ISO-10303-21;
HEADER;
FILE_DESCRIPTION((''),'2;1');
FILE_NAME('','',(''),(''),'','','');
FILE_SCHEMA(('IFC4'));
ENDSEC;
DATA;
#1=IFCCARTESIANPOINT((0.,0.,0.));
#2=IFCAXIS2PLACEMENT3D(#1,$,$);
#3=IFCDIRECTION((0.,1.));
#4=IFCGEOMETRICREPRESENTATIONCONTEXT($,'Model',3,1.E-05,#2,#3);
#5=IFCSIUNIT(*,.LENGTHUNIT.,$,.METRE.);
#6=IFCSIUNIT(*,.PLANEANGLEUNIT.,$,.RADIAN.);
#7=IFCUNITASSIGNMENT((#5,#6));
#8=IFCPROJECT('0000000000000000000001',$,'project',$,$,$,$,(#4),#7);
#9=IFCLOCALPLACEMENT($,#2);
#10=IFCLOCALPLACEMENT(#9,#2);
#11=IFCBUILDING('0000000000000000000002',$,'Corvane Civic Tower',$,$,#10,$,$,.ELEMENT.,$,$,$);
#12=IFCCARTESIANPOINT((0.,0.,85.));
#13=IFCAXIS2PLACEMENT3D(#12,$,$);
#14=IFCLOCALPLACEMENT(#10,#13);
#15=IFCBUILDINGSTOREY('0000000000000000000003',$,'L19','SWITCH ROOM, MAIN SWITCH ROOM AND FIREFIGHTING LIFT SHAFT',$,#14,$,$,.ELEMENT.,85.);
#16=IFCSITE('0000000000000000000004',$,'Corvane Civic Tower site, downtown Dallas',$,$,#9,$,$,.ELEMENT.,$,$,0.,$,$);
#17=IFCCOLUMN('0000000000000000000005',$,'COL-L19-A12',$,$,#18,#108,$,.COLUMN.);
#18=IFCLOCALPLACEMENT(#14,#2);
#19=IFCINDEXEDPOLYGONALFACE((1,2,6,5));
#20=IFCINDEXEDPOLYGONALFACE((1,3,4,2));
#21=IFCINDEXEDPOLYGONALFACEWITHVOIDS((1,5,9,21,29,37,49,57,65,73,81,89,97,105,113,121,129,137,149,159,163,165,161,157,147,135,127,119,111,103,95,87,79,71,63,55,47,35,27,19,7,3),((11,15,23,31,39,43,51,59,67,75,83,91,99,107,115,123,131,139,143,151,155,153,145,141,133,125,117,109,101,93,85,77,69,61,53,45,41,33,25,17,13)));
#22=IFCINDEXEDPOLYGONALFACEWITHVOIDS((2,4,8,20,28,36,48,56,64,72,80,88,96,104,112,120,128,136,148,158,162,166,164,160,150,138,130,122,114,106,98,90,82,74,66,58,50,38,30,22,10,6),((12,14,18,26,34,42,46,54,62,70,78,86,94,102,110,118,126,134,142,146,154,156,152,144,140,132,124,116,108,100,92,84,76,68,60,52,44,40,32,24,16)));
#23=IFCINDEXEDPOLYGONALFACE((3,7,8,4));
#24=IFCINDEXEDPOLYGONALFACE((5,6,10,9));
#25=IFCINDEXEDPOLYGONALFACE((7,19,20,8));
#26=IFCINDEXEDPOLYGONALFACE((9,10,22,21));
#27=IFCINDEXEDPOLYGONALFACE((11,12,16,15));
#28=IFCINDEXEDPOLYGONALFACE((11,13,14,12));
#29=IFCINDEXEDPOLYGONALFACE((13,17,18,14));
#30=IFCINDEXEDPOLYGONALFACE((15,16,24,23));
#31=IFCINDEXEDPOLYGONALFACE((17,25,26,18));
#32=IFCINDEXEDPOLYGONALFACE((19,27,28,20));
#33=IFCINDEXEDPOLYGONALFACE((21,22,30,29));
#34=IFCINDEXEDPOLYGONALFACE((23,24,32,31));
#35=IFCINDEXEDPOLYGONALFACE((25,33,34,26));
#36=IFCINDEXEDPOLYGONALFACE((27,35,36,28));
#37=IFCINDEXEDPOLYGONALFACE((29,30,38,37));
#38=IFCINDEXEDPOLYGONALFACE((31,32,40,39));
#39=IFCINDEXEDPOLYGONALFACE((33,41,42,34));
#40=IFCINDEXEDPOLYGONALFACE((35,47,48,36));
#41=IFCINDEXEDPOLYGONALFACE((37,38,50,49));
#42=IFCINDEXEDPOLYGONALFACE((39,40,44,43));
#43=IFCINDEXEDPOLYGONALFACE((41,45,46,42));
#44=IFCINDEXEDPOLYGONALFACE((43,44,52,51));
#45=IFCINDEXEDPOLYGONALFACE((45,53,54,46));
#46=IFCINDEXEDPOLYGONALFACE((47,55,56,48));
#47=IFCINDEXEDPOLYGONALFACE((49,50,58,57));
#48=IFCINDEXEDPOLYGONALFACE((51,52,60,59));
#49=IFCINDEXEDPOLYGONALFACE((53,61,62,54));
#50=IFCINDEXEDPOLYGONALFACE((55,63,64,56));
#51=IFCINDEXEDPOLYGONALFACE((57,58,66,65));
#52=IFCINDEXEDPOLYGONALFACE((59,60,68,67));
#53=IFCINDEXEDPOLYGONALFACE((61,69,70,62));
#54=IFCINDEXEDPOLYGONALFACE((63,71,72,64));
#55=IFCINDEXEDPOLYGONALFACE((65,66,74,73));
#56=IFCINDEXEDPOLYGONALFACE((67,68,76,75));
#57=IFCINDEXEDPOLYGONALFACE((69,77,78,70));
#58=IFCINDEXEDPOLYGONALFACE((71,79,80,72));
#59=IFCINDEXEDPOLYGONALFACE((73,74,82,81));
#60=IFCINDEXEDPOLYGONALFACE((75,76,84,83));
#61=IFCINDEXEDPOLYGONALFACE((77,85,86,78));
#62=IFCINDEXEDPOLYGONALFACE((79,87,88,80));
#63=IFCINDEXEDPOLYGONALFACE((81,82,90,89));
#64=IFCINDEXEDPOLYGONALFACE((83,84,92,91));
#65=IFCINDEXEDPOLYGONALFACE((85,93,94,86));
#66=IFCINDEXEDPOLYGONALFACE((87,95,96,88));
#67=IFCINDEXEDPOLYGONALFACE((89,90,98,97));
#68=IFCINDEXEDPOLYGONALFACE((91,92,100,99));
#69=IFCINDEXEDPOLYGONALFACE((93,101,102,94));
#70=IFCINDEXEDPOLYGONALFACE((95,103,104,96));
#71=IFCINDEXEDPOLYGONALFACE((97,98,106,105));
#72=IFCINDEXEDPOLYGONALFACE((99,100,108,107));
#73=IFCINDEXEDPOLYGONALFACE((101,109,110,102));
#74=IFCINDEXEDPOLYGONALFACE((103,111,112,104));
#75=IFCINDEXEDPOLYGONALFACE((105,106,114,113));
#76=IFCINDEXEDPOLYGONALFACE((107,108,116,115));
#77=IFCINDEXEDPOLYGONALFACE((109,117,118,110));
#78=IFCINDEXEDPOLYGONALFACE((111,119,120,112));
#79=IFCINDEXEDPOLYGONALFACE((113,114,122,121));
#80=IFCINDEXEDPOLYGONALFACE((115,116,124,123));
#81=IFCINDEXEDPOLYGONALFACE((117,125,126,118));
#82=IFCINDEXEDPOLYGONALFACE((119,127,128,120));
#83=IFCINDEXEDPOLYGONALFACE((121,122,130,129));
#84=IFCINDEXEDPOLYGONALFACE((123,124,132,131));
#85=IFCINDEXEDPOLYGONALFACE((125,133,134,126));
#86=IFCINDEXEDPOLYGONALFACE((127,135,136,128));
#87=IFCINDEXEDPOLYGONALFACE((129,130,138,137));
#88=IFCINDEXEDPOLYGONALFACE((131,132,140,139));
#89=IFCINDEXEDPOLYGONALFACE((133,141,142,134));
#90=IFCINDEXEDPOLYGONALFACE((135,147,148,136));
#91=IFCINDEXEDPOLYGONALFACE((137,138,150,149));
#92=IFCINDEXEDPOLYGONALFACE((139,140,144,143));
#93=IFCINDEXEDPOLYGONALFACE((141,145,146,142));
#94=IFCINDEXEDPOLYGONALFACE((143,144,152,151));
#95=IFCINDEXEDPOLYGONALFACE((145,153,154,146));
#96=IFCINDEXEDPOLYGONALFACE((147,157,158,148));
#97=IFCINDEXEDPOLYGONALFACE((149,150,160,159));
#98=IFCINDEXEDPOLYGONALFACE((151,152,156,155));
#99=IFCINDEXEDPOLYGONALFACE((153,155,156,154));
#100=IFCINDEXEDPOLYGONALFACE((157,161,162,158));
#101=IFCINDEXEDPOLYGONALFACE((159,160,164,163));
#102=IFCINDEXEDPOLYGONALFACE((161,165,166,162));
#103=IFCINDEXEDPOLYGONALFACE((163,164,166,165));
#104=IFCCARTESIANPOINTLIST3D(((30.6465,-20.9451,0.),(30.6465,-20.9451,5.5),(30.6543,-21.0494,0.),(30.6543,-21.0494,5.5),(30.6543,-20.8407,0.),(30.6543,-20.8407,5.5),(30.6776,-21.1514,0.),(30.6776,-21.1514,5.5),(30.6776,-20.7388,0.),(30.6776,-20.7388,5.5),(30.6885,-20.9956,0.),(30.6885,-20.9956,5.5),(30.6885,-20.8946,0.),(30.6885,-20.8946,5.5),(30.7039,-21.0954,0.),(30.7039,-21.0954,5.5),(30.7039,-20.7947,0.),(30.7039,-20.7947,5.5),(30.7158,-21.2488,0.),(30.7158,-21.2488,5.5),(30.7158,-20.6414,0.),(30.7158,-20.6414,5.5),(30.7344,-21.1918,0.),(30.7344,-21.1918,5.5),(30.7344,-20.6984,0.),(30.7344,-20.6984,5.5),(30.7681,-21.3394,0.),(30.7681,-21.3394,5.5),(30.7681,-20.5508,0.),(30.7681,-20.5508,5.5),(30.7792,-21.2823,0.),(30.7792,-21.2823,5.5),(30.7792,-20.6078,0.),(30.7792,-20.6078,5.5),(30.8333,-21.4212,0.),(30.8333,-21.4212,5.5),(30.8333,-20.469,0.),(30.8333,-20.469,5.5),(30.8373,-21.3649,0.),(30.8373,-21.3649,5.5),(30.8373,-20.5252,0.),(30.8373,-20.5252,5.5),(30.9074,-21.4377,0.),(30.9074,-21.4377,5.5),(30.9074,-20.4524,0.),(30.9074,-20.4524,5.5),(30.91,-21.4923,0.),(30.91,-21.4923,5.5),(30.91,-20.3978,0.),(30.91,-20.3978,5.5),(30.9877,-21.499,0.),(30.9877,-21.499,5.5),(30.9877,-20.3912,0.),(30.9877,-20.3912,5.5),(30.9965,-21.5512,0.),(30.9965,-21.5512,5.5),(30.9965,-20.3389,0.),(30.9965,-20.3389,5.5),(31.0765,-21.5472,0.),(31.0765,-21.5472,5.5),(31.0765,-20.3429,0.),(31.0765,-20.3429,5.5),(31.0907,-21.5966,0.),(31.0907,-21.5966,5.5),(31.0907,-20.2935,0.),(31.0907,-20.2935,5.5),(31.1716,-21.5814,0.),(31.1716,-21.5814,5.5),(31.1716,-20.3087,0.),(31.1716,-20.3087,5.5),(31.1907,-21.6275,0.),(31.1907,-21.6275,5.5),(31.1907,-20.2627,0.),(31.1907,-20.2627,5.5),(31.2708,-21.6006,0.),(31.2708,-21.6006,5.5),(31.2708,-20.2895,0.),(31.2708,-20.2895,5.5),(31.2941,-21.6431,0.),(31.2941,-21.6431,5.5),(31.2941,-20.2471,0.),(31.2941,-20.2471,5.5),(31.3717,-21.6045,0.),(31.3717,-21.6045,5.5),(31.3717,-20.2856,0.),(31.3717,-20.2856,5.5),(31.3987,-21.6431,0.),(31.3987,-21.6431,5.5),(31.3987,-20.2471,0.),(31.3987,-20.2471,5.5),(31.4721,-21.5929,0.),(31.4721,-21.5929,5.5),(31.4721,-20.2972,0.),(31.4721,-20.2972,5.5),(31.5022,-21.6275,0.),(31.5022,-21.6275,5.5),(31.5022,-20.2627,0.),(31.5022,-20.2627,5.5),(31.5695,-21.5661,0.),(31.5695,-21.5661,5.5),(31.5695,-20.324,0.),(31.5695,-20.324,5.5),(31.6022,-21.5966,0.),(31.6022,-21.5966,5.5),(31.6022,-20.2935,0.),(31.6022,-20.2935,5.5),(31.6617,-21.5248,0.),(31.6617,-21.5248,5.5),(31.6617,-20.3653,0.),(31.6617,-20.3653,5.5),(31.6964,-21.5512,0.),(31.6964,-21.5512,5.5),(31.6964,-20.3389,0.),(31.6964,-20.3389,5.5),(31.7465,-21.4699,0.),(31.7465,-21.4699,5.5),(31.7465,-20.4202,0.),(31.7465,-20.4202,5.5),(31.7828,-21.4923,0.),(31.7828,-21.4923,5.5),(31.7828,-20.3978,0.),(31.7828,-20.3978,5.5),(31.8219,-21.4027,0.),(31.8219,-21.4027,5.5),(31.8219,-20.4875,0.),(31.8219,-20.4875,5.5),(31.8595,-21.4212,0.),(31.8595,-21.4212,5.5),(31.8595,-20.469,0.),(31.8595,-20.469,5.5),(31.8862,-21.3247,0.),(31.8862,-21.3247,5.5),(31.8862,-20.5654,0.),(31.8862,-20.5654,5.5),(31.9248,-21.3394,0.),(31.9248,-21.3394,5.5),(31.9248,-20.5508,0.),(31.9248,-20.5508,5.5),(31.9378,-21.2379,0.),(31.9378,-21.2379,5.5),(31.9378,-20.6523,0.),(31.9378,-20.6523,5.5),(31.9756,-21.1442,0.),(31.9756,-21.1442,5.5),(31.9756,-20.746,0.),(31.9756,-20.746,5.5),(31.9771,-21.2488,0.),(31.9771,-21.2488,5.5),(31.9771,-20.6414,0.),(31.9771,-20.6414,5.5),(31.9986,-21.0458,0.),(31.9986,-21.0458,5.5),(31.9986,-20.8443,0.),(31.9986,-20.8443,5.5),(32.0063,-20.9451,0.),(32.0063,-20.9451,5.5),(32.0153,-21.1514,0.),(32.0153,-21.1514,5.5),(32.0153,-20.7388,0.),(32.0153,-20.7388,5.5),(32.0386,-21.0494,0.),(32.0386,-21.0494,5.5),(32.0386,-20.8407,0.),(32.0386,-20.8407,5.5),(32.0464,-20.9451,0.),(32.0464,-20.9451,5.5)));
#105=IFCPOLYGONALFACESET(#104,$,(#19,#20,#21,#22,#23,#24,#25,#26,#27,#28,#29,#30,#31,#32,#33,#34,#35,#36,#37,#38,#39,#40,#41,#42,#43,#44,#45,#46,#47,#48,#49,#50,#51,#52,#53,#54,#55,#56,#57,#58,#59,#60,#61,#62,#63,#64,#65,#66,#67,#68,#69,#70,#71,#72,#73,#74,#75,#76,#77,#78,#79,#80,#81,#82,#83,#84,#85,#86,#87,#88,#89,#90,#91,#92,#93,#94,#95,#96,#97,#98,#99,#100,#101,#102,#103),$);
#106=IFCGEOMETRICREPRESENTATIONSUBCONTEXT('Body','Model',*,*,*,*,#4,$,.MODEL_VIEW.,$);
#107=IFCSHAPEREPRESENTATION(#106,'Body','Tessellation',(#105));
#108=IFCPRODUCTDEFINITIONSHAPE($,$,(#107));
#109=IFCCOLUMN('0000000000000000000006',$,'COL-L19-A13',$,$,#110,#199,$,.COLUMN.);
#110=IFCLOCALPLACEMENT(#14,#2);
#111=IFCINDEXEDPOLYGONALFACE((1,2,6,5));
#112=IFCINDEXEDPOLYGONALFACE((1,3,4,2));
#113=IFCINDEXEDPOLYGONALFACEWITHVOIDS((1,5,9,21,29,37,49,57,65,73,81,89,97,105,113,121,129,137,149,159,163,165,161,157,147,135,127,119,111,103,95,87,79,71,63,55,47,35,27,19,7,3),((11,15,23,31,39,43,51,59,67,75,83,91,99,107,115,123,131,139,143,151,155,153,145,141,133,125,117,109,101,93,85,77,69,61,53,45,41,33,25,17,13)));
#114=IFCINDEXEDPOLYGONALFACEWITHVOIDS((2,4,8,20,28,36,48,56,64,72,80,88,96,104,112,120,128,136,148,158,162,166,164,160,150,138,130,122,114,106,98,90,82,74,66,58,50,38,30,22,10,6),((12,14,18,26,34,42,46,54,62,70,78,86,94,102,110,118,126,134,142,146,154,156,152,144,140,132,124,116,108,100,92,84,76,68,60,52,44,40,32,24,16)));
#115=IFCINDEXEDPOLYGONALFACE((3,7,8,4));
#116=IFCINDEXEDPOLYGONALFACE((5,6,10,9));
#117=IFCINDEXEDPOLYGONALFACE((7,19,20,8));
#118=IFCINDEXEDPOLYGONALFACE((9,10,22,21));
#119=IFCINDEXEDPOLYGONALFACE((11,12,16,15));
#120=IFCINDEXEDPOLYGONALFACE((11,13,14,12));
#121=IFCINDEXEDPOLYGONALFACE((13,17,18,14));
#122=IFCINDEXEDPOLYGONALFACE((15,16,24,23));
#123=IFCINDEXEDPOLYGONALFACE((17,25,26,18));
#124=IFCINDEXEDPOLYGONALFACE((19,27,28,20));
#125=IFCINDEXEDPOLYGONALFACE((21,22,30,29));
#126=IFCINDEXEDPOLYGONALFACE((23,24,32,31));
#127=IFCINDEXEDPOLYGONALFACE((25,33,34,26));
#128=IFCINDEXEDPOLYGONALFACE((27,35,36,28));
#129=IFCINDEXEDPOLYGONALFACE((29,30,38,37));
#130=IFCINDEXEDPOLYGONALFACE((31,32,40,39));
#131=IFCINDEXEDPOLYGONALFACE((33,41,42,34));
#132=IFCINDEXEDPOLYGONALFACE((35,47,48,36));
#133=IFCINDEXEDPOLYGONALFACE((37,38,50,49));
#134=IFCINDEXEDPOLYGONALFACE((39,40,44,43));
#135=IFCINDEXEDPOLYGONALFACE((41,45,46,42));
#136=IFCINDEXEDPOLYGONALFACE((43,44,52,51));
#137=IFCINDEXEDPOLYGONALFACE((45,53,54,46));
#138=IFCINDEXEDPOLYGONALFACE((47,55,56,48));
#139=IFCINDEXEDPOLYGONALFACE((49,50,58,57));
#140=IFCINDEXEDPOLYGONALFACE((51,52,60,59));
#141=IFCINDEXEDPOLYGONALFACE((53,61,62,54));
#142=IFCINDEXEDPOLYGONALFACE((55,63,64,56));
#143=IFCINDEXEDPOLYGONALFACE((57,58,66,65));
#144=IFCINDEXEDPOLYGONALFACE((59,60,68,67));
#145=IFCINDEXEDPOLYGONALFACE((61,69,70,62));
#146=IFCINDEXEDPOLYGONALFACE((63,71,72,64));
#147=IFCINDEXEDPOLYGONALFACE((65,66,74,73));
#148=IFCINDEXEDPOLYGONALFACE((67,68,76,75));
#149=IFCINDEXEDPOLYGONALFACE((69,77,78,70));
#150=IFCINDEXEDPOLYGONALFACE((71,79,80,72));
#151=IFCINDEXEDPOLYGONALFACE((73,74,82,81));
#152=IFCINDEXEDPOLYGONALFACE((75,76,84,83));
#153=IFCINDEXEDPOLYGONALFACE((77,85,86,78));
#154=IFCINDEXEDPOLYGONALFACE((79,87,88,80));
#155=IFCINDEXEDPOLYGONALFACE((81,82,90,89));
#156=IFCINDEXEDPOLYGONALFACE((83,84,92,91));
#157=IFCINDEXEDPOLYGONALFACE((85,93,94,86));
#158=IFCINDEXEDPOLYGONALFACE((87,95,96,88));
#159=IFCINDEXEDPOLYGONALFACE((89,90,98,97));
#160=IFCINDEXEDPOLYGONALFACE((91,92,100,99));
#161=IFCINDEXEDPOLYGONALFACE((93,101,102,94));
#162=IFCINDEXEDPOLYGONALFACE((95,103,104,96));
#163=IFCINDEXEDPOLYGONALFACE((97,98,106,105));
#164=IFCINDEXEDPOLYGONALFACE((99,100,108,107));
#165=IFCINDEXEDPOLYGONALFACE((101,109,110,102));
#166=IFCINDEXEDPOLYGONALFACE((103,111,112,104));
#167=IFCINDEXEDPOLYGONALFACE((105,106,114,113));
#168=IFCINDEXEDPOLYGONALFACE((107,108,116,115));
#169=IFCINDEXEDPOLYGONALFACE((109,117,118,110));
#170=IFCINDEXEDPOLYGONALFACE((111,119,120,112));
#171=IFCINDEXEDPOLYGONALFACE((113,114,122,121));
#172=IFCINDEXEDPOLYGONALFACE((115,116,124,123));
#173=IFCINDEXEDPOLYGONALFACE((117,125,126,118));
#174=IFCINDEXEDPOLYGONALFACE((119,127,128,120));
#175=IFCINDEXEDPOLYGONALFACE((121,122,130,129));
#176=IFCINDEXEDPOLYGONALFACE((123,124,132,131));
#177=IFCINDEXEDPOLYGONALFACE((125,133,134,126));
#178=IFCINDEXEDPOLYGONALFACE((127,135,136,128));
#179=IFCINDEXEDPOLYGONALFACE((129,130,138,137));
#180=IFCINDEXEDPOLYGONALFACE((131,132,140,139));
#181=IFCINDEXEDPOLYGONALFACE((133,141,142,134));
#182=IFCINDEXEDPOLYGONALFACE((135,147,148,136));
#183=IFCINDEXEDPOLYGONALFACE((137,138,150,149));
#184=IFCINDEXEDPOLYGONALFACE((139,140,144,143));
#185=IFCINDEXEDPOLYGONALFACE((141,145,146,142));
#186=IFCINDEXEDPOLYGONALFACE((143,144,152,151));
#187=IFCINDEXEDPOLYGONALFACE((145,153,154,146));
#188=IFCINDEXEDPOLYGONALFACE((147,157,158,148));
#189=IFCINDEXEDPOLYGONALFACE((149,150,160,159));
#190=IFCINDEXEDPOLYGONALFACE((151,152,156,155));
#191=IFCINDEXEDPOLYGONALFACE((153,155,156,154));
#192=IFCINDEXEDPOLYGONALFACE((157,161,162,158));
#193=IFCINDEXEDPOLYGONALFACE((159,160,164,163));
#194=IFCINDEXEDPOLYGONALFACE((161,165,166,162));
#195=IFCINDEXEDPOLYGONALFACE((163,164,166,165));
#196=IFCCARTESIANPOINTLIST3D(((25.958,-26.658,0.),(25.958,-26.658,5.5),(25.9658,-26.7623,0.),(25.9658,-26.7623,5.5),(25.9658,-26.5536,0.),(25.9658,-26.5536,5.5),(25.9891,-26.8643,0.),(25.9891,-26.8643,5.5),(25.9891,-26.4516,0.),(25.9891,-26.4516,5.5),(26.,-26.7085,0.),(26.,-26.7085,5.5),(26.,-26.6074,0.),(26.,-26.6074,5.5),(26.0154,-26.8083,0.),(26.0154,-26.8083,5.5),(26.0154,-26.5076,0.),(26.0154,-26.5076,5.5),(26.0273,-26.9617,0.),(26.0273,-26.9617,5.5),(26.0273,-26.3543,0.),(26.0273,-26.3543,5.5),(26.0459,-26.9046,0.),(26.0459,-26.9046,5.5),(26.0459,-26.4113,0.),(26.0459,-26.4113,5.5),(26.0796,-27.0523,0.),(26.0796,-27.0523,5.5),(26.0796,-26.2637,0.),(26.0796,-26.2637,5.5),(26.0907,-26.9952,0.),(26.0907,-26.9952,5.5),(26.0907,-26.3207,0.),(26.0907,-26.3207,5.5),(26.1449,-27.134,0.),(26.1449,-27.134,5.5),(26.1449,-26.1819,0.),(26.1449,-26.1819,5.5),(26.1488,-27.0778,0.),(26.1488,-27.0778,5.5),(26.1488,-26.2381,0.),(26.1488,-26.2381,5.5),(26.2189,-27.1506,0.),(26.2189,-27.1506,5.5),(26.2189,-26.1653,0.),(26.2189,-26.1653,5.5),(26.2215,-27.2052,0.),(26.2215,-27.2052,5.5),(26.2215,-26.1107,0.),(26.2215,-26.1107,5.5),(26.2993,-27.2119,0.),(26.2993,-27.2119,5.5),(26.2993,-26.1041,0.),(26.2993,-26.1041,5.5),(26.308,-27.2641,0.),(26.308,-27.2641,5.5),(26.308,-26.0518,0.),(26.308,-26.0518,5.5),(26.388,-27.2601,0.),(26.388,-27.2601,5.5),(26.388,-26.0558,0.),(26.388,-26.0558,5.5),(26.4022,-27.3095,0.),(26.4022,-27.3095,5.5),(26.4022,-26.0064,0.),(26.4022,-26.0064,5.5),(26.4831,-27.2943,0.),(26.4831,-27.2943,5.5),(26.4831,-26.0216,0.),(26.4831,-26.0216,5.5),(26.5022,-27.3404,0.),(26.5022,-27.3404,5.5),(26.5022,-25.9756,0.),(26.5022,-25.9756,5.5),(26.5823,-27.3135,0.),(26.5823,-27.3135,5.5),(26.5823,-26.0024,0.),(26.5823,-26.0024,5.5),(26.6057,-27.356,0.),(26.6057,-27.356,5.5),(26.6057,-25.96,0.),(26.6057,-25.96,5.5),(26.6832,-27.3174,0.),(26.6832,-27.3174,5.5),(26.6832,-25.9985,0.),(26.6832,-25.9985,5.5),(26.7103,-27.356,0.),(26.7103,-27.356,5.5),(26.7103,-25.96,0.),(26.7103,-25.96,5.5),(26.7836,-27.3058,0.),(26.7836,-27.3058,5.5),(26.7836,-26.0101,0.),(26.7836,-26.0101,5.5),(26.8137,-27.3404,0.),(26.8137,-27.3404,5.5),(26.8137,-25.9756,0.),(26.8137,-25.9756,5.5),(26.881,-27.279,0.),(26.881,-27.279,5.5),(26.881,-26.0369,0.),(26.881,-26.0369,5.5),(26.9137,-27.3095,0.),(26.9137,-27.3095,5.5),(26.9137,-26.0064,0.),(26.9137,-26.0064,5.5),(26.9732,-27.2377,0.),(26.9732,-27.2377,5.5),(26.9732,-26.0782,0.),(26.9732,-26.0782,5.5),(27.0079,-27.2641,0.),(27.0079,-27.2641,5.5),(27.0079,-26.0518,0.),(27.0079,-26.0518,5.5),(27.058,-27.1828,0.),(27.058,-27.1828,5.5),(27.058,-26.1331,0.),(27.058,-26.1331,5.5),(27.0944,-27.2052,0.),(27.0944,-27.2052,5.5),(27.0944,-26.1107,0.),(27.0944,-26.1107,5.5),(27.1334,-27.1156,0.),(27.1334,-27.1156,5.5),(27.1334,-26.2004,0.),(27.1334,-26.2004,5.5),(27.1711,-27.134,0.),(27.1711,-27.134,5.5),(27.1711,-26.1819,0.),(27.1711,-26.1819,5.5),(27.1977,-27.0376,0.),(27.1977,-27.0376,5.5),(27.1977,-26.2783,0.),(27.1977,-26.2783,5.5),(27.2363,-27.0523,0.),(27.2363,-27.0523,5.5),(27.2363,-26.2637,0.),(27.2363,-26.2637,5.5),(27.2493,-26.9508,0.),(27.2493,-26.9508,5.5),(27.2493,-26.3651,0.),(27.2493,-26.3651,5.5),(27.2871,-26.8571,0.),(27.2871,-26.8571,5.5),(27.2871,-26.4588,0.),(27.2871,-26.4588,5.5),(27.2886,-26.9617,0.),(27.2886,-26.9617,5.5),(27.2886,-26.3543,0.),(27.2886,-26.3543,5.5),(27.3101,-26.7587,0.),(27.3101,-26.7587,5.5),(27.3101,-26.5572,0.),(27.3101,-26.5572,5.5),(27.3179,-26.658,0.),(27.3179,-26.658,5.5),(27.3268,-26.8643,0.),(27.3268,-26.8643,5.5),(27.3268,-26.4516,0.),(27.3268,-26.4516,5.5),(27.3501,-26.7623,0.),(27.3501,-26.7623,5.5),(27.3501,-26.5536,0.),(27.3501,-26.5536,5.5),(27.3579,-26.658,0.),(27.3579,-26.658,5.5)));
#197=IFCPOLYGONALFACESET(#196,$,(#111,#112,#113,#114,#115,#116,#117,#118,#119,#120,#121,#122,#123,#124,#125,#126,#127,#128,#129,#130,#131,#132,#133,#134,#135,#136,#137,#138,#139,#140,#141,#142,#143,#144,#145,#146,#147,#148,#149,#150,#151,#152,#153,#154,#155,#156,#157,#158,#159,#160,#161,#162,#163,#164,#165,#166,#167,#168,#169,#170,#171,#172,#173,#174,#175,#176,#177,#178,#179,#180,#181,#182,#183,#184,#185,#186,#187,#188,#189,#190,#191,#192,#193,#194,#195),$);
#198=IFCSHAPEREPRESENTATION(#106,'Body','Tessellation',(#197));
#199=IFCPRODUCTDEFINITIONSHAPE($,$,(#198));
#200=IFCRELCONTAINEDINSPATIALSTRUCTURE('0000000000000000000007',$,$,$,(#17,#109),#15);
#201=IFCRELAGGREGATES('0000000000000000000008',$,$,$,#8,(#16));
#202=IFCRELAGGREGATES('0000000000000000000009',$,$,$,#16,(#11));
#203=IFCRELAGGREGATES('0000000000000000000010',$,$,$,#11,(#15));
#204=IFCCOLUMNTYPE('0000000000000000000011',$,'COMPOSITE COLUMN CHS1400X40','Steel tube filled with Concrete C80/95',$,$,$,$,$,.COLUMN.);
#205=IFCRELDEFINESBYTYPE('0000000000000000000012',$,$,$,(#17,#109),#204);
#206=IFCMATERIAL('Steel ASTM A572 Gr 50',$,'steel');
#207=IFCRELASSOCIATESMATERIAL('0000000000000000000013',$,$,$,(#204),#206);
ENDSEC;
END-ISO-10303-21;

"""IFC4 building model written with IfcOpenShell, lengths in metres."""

from ifc_helpers import new_model, si_unit, direction, frame, origin, origin_2d, place, context, subcontext, project, spatial, hollow_circle, extrude, material, material_profile, profile_set, type_object, element, save


model = new_model("IFC4")

# Units and contexts
model_context = context("Model", 3, precision=1e-05, world=origin(), true_north=direction((0.0, 1.0)))
body_context = subcontext(model_context, "Body", "Model", "MODEL_VIEW")
ifc_project = project(units=[si_unit("LENGTHUNIT", "METRE"), si_unit("PLANEANGLEUNIT", "RADIAN")], contexts=[model_context])

# Site, building, storey
site_placement = place(None, origin())
site = spatial("IfcSite", under=ifc_project, at=site_placement, Name="Corvane Civic Tower site, downtown Dallas", CompositionType="ELEMENT", RefElevation=0.0)
building_placement = place(site_placement, origin())
building = spatial("IfcBuilding", under=site, at=building_placement, Name="Corvane Civic Tower", CompositionType="ELEMENT")
storey_placement = place(building_placement, frame((0.0, 0.0, 85.0)))
storey = spatial("IfcBuildingStorey", under=building, at=storey_placement, Name="L19", Description="SWITCH ROOM, MAIN SWITCH ROOM AND FIREFIGHTING LIFT SHAFT", CompositionType="ELEMENT", Elevation=85.0)

# Columns
ifc_material_1 = material(Name="Steel ASTM A572 Gr 50", Category="steel")
ifc_material_profile_1 = material_profile(ifc_material_1, hollow_circle(Radius=0.7, WallThickness=0.04, at=origin_2d()), Name="CHS1400X40")
ifc_profile_set_1 = profile_set([ifc_material_profile_1], Name="Steel ASTM A572 Gr 50")
column_type = type_object("IfcColumnType", Name="COMPOSITE COLUMN CHS1400X40", Description="Steel tube filled with Concrete C80/95", PredefinedType="COLUMN", material=ifc_profile_set_1)
for number, where, z_axis, x_axis, name in (
    (1, (31.3464, -20.9451, 0.0), (0.0, 0.0, 1.0), (1.0, 0.0, 0.0), "COL-L19-A12"),
    (2, (26.658, -26.658, 0.0), (0.0, 0.0, 1.0), (1.0, 0.0, 0.0), "COL-L19-A13"),
):
    element("IfcColumn", number, at=place(storey_placement, frame(where, z_axis=z_axis, x_axis=x_axis)), inside=storey, type_object=column_type, Name=name, PredefinedType="COLUMN", context=body_context, shape_type="SweptSolid", body=[
        extrude(hollow_circle(Radius=0.7, WallThickness=0.04, at=origin_2d()), origin(), (0.0, 0.0, 1.0), 5.5),
    ])

save(model, "model.ifc")
